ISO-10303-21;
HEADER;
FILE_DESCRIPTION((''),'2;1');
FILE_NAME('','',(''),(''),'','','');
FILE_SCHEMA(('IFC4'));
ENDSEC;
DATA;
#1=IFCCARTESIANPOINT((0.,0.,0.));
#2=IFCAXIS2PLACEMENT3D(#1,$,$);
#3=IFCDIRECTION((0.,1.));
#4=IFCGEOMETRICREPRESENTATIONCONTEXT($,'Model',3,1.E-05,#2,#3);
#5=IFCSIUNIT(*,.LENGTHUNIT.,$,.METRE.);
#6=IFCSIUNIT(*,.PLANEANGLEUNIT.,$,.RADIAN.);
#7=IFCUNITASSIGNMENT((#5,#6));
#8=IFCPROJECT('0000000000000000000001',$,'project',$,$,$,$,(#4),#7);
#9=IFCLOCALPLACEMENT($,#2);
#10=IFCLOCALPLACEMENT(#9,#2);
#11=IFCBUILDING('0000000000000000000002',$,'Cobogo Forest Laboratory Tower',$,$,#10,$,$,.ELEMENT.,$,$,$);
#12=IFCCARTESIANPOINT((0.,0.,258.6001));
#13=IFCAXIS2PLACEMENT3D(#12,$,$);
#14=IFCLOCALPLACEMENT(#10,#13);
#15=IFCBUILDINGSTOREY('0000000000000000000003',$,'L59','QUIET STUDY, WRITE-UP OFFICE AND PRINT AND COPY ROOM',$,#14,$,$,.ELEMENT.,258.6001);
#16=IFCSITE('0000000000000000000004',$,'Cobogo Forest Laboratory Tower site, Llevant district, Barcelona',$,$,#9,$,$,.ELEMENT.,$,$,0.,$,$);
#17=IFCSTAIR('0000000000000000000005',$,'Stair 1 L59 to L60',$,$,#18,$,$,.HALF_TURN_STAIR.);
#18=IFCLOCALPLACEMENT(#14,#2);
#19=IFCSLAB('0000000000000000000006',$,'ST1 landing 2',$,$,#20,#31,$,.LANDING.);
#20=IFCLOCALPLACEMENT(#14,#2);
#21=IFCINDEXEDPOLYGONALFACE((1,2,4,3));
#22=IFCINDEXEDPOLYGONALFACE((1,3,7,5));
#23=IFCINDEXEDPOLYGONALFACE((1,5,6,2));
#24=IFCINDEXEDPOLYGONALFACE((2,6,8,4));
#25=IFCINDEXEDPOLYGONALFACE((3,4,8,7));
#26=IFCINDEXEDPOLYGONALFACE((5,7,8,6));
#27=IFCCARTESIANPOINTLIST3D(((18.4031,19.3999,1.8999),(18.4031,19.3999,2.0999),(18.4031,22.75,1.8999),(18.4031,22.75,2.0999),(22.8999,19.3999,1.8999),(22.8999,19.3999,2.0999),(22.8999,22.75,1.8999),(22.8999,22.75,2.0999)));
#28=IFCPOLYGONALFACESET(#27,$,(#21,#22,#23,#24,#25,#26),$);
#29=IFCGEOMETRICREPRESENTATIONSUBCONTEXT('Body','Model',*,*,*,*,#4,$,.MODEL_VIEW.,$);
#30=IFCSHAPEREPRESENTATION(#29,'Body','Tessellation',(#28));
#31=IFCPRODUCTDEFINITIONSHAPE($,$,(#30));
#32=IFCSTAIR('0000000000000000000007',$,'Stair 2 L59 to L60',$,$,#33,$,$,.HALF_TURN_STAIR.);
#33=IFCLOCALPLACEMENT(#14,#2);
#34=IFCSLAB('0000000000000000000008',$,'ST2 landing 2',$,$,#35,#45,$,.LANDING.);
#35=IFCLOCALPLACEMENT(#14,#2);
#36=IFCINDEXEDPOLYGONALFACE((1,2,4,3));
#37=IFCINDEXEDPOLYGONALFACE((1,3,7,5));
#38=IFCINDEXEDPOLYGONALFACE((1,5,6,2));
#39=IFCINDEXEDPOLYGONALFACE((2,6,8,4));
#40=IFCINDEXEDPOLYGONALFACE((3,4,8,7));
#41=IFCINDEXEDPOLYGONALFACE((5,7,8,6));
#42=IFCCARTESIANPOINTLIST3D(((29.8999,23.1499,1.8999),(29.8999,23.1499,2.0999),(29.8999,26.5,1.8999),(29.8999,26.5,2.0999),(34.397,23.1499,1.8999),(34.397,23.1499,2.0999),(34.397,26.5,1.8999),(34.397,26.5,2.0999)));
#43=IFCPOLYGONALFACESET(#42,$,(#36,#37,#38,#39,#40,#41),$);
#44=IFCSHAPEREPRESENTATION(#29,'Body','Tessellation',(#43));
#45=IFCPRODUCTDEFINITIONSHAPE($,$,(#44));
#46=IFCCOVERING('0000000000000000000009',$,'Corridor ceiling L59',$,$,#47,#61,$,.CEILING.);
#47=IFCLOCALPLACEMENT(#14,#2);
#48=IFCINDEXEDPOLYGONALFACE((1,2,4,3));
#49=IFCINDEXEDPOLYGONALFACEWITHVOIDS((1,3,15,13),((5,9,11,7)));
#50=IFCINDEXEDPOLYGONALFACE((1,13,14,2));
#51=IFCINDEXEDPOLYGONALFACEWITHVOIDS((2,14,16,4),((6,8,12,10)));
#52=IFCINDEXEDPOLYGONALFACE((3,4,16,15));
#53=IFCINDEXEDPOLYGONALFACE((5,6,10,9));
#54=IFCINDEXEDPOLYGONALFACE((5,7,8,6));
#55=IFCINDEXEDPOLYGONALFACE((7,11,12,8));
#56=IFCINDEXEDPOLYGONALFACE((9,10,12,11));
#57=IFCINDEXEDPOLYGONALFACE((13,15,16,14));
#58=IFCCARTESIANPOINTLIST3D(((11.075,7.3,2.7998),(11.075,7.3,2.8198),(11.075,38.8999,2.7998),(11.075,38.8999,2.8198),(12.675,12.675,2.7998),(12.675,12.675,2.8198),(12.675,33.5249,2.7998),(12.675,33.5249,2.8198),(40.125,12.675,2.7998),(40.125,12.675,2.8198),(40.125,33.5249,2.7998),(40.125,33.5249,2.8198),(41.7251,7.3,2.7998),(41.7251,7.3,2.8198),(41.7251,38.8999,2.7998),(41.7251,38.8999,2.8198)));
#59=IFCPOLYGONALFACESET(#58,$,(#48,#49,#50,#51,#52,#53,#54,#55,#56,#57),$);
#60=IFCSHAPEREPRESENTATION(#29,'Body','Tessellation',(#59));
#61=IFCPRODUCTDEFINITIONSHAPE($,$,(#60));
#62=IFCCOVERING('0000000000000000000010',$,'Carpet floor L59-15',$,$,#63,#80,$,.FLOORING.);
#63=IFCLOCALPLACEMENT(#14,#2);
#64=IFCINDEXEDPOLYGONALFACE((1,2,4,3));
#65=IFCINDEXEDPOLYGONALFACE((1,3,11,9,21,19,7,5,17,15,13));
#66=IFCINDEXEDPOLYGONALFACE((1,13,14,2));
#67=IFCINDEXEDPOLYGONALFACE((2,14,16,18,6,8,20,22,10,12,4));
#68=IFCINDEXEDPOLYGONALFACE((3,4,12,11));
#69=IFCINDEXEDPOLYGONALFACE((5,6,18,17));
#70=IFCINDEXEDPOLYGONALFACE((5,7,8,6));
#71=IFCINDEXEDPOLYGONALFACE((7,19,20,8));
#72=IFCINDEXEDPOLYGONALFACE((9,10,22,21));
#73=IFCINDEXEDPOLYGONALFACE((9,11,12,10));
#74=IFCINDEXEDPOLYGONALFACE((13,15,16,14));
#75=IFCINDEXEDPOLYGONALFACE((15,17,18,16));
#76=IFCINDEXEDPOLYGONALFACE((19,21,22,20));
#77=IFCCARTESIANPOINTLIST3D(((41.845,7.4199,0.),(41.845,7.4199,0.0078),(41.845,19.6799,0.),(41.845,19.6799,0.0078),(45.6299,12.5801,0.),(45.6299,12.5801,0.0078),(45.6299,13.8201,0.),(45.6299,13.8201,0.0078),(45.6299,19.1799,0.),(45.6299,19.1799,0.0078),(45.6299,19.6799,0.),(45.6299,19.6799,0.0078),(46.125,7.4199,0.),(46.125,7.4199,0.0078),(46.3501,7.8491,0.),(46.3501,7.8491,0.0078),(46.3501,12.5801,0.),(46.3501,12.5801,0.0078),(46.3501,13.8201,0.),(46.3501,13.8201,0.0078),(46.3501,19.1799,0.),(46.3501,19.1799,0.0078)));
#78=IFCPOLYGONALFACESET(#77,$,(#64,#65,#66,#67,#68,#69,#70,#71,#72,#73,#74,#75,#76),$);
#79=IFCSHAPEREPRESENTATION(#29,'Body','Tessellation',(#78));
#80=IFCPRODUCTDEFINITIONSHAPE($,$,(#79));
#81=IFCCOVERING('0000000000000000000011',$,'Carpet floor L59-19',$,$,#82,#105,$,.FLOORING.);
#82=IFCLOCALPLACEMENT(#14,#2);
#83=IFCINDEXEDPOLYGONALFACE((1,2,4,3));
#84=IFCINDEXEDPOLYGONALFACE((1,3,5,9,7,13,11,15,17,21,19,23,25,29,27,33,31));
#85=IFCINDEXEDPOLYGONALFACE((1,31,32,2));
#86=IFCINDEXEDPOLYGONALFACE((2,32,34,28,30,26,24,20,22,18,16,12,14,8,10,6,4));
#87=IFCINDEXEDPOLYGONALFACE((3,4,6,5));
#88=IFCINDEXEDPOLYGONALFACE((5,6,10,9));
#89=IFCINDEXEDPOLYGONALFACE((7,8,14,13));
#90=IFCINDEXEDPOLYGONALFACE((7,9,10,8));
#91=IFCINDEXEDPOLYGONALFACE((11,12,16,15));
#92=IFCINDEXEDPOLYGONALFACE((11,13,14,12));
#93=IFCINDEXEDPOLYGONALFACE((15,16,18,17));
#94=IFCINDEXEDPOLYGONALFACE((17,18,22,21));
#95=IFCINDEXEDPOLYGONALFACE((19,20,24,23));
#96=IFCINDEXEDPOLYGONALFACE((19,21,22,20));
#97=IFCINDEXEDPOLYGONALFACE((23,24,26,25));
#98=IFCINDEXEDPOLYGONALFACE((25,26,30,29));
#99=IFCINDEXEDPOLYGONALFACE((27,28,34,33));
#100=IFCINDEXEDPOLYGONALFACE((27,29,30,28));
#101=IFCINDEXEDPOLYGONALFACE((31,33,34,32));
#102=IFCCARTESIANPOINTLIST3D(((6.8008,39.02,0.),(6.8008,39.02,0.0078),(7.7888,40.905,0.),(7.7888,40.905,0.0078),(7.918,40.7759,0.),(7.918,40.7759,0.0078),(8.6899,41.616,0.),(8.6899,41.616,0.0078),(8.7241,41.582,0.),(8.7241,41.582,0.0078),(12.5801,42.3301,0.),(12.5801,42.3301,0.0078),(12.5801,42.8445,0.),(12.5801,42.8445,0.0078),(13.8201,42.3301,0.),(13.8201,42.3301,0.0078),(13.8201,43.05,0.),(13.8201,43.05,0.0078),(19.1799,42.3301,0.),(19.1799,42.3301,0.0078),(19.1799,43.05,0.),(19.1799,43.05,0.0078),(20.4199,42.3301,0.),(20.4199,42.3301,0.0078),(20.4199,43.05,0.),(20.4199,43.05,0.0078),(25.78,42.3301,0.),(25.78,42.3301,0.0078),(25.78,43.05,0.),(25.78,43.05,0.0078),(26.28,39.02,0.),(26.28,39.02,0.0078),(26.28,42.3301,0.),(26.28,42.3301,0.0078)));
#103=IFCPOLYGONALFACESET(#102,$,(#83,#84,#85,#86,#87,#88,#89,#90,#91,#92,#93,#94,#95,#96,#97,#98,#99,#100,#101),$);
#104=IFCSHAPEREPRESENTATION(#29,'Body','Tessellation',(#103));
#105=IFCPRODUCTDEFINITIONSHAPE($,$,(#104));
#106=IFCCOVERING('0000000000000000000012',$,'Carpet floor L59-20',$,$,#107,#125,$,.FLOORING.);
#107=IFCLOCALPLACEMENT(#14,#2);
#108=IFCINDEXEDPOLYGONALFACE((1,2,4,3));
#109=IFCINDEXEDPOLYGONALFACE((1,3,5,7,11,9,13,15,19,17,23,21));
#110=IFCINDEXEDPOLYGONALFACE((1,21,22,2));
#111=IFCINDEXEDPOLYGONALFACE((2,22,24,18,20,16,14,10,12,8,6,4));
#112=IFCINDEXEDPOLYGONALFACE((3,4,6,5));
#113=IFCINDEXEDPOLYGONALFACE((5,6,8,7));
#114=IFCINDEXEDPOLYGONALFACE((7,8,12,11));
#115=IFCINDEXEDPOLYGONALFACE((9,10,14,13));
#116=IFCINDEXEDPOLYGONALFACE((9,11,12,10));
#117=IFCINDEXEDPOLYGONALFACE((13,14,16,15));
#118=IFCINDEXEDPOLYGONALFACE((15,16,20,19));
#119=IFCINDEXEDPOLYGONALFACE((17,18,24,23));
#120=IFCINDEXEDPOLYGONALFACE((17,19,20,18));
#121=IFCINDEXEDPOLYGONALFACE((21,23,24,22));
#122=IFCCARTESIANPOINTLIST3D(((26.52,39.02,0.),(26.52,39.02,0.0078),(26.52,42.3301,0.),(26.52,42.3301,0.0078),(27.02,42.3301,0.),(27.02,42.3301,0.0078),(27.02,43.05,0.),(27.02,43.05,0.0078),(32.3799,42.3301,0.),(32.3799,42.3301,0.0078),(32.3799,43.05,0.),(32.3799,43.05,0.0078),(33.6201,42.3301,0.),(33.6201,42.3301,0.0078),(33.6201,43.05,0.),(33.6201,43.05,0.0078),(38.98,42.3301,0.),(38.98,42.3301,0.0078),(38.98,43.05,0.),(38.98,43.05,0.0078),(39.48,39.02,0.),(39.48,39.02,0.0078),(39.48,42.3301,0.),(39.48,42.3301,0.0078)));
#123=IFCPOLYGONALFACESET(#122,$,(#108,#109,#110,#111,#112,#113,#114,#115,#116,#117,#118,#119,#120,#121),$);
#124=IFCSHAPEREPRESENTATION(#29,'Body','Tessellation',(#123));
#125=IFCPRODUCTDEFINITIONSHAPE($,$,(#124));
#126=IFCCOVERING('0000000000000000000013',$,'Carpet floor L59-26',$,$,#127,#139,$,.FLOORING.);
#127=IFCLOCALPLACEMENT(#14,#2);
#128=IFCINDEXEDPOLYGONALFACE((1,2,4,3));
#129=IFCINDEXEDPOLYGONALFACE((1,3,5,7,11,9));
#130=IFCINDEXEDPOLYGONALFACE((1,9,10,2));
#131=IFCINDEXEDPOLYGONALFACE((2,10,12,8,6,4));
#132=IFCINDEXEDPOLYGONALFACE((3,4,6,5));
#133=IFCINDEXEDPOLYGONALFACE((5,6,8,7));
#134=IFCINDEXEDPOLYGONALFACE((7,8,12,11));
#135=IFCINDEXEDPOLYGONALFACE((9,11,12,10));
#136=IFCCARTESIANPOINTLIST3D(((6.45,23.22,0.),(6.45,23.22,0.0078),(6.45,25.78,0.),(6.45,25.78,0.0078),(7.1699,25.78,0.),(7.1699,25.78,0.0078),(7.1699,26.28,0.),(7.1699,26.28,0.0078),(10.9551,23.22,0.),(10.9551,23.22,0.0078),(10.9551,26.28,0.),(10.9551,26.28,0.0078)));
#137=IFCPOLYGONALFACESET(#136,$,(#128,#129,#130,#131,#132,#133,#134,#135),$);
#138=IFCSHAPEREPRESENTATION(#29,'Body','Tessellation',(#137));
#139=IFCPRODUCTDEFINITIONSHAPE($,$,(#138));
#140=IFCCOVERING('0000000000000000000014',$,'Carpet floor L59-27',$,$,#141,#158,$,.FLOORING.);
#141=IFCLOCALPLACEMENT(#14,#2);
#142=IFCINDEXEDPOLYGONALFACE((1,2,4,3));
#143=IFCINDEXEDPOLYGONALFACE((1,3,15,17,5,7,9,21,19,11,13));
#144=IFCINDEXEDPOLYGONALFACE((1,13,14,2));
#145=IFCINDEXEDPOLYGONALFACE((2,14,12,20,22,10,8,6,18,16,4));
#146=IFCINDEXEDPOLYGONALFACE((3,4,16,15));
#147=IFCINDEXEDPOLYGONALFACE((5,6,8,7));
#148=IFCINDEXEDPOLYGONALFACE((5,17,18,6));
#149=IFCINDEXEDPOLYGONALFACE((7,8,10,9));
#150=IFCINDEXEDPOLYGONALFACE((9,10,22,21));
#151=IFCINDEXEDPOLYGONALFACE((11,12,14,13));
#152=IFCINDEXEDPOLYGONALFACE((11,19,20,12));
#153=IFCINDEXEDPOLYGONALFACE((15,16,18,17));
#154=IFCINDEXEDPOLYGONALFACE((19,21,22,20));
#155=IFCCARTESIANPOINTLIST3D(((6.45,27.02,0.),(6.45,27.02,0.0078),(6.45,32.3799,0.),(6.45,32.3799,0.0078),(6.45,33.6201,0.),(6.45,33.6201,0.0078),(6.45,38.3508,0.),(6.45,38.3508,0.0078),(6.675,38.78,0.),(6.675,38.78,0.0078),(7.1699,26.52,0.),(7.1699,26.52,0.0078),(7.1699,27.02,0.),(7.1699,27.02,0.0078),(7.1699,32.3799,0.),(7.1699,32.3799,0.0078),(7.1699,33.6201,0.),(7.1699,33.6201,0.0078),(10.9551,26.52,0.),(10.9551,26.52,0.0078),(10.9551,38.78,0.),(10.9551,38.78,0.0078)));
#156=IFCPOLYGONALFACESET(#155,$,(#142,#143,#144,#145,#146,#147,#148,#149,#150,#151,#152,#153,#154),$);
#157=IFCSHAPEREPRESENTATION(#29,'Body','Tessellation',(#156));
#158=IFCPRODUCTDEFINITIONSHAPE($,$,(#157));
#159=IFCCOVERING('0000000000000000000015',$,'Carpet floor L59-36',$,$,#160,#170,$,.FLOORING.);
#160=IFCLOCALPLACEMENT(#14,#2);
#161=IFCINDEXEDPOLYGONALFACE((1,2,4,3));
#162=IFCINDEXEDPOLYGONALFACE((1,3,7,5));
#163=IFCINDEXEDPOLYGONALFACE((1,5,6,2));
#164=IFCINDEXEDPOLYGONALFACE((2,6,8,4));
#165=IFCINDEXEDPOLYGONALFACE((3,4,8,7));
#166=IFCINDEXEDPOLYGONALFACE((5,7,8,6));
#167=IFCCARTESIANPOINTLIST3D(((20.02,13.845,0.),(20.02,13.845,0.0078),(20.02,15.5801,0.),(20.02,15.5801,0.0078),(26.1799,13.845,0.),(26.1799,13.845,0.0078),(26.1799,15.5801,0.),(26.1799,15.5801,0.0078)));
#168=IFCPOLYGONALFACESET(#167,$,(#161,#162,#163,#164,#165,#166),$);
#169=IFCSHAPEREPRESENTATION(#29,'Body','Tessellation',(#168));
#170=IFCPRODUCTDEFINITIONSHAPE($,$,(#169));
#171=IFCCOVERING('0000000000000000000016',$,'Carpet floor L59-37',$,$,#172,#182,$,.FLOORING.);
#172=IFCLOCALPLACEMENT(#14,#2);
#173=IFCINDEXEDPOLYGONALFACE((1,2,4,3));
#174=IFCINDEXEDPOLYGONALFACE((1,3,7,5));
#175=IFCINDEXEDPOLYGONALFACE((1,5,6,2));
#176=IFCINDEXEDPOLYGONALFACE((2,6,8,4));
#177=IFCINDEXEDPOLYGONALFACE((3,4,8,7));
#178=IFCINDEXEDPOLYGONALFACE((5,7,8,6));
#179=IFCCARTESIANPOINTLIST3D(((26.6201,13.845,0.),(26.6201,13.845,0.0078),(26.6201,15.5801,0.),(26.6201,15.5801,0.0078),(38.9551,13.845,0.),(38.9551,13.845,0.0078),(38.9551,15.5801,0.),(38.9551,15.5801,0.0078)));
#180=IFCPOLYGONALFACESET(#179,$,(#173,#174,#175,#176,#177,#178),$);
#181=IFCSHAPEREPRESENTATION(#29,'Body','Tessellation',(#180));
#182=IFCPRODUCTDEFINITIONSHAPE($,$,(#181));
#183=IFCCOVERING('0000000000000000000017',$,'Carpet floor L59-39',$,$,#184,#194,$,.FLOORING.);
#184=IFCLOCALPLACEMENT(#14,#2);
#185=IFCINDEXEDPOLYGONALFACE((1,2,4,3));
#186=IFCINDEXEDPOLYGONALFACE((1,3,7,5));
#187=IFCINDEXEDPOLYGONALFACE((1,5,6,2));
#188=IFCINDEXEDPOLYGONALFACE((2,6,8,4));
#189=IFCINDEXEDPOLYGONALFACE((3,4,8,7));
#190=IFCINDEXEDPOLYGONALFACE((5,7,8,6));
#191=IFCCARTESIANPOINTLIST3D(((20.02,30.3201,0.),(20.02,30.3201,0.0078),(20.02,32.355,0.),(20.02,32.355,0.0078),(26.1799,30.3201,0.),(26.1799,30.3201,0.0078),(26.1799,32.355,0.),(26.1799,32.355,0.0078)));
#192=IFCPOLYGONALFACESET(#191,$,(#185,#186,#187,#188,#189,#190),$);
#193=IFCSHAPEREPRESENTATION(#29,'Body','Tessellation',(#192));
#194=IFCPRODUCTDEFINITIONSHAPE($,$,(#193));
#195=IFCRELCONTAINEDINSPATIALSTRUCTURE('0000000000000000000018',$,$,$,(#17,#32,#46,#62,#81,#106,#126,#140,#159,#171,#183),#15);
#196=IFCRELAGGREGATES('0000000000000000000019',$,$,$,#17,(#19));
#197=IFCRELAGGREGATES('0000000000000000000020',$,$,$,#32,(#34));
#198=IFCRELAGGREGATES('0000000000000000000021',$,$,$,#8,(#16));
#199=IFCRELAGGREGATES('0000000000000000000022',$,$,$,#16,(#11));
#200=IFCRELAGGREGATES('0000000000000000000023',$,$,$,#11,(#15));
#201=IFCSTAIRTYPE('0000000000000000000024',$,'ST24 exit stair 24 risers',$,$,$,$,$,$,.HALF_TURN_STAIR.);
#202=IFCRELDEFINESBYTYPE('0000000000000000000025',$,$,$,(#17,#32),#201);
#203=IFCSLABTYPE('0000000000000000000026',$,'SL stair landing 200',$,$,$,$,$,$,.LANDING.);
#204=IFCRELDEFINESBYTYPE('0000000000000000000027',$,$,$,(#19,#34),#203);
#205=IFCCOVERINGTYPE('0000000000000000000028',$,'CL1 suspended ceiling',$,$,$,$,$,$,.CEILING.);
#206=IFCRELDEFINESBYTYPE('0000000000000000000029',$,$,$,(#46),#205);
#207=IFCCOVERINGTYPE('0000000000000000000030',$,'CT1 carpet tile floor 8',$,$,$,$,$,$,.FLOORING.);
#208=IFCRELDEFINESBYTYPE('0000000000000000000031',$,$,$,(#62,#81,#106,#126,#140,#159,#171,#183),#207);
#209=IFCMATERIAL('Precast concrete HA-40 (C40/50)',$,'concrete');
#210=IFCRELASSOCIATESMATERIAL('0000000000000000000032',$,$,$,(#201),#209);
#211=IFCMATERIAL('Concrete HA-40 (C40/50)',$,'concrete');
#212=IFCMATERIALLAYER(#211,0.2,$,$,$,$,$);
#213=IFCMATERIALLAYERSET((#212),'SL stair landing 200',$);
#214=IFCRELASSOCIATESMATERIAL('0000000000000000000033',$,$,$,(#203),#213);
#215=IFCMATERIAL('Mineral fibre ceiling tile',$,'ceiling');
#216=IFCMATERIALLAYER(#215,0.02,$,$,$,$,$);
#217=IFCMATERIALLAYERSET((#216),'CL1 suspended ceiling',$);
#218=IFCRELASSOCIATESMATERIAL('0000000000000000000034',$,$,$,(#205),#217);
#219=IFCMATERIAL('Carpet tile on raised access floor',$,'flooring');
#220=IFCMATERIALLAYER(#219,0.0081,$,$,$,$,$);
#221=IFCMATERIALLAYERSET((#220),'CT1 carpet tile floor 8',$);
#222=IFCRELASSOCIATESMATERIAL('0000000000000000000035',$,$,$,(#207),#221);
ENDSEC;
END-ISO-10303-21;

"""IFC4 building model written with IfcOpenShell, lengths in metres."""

from ifc_helpers import new_model, si_unit, direction, frame, origin, place, context, subcontext, project, spatial, polyline, outline, extrude, material, layer, layer_set, type_object, element, aggregate, save


model = new_model("IFC4")

# Units and contexts
model_context = context("Model", 3, precision=1e-05, world=origin(), true_north=direction((0.0, 1.0)))
body_context = subcontext(model_context, "Body", "Model", "MODEL_VIEW")
ifc_project = project(units=[si_unit("LENGTHUNIT", "METRE"), si_unit("PLANEANGLEUNIT", "RADIAN")], contexts=[model_context])

# Site, building, storey
site_placement = place(None, origin())
site = spatial("IfcSite", under=ifc_project, at=site_placement, Name="Cobogo Forest Laboratory Tower site, Llevant district, Barcelona", CompositionType="ELEMENT", RefElevation=0.0)
building_placement = place(site_placement, origin())
building = spatial("IfcBuilding", under=site, at=building_placement, Name="Cobogo Forest Laboratory Tower", CompositionType="ELEMENT")
storey_placement = place(building_placement, frame((0.0, 0.0, 258.6001)))
storey = spatial("IfcBuildingStorey", under=building, at=storey_placement, Name="L59", Description="QUIET STUDY, WRITE-UP OFFICE AND PRINT AND COPY ROOM", CompositionType="ELEMENT", Elevation=258.6001)

# Stairs, slabs
ifc_material_1 = material(Name="Precast concrete HA-40 (C40/50)", Category="concrete")
stair_type = type_object("IfcStairType", Name="ST24 exit stair 24 risers", PredefinedType="HALF_TURN_STAIR", material=ifc_material_1)
stair_1_placement = place(storey_placement, origin())
stair_1 = element("IfcStair", 1, at=stair_1_placement, inside=storey, type_object=stair_type, Name="Stair 1 L59 to L60", PredefinedType="HALF_TURN_STAIR")
ifc_material_2 = material(Name="Concrete HA-40 (C40/50)", Category="concrete")
ifc_layer_1 = layer(ifc_material_2, 0.2)
ifc_layer_set_1 = layer_set([ifc_layer_1], Name="SL stair landing 200")
slab_type = type_object("IfcSlabType", Name="SL stair landing 200", PredefinedType="LANDING", material=ifc_layer_set_1)
slab_1_placement = place(storey_placement, frame((0.0, 0.0, 1.8999)))
slab_1 = element("IfcSlab", 2, at=slab_1_placement, type_object=slab_type, Name="ST1 landing 2", PredefinedType="LANDING", context=body_context, shape_type="SweptSolid", body=[
    extrude(outline(polyline([(18.4031, 19.3999), (22.8999, 19.3999), (22.8999, 22.75), (18.4031, 22.75), (18.4031, 19.3999)])), origin(), (0.0, 0.0, 1.0), 0.2),
])
aggregate(stair_1, [slab_1])
stair_2_placement = place(storey_placement, origin())
stair_2 = element("IfcStair", 3, at=stair_2_placement, inside=storey, type_object=stair_type, Name="Stair 2 L59 to L60", PredefinedType="HALF_TURN_STAIR")
slab_2_placement = place(storey_placement, frame((0.0, 0.0, 1.8999)))
slab_2 = element("IfcSlab", 4, at=slab_2_placement, type_object=slab_type, Name="ST2 landing 2", PredefinedType="LANDING", context=body_context, shape_type="SweptSolid", body=[
    extrude(outline(polyline([(29.8999, 23.1499), (34.397, 23.1499), (34.397, 26.5), (29.8999, 26.5), (29.8999, 23.1499)])), origin(), (0.0, 0.0, 1.0), 0.2),
])
aggregate(stair_2, [slab_2])

# Coverings
ifc_material_3 = material(Name="Mineral fibre ceiling tile", Category="ceiling")
ifc_layer_2 = layer(ifc_material_3, 0.02)
ifc_layer_set_2 = layer_set([ifc_layer_2], Name="CL1 suspended ceiling")
covering_type_1 = type_object("IfcCoveringType", Name="CL1 suspended ceiling", PredefinedType="CEILING", material=ifc_layer_set_2)
covering_1_placement = place(storey_placement, frame((0.0, 0.0, 2.7998)))
element("IfcCovering", 5, at=covering_1_placement, inside=storey, type_object=covering_type_1, Name="Corridor ceiling L59", PredefinedType="CEILING", context=body_context, shape_type="SweptSolid", body=[
    extrude(outline(polyline([(11.075, 7.3), (11.075, 38.8999), (41.7251, 38.8999), (41.7251, 7.3), (11.075, 7.3)]), holes=[polyline([(40.125, 33.5249), (12.675, 33.5249), (12.675, 12.675), (40.125, 12.675), (40.125, 33.5249)])]), origin(), (0.0, 0.0, 1.0), 0.02),
])
ifc_material_4 = material(Name="Carpet tile on raised access floor", Category="flooring")
ifc_layer_3 = layer(ifc_material_4, 0.0081)
ifc_layer_set_3 = layer_set([ifc_layer_3], Name="CT1 carpet tile floor 8")
covering_type_2 = type_object("IfcCoveringType", Name="CT1 carpet tile floor 8", PredefinedType="FLOORING", material=ifc_layer_set_3)
covering_2_placement = place(storey_placement, origin())
element("IfcCovering", 6, at=covering_2_placement, inside=storey, type_object=covering_type_2, Name="Carpet floor L59-15", PredefinedType="FLOORING", context=body_context, shape_type="SweptSolid", body=[
    extrude(outline(polyline([(41.845, 19.6799), (45.6299, 19.6799), (45.6299, 19.1799), (46.3501, 19.1799), (46.3501, 13.8201), (45.6299, 13.8201), (45.6299, 12.5801), (46.3501, 12.5801), (46.3501, 7.8491), (46.125, 7.4199), (41.845, 7.4199), (41.845, 19.6799)])), origin(), (0.0, 0.0, 1.0), 0.0078),
])
covering_3_placement = place(storey_placement, origin())
element("IfcCovering", 7, at=covering_3_placement, inside=storey, type_object=covering_type_2, Name="Carpet floor L59-19", PredefinedType="FLOORING", context=body_context, shape_type="SweptSolid", body=[
    extrude(outline(polyline([(6.8008, 39.02), (7.7888, 40.905), (7.918, 40.7759), (8.7241, 41.582), (8.6899, 41.616), (12.5801, 42.8445), (12.5801, 42.3301), (13.8201, 42.3301), (13.8201, 43.05), (19.1799, 43.05), (19.1799, 42.3301), (20.4199, 42.3301), (20.4199, 43.05), (25.78, 43.05), (25.78, 42.3301), (26.28, 42.3301), (26.28, 39.02), (6.8008, 39.02)])), origin(), (0.0, 0.0, 1.0), 0.0078),
])
covering_4_placement = place(storey_placement, origin())
element("IfcCovering", 8, at=covering_4_placement, inside=storey, type_object=covering_type_2, Name="Carpet floor L59-20", PredefinedType="FLOORING", context=body_context, shape_type="SweptSolid", body=[
    extrude(outline(polyline([(26.52, 39.02), (26.52, 42.3301), (27.02, 42.3301), (27.02, 43.05), (32.3799, 43.05), (32.3799, 42.3301), (33.6201, 42.3301), (33.6201, 43.05), (38.98, 43.05), (38.98, 42.3301), (39.48, 42.3301), (39.48, 39.02), (26.52, 39.02)])), origin(), (0.0, 0.0, 1.0), 0.0078),
])
covering_5_placement = place(storey_placement, origin())
element("IfcCovering", 9, at=covering_5_placement, inside=storey, type_object=covering_type_2, Name="Carpet floor L59-26", PredefinedType="FLOORING", context=body_context, shape_type="SweptSolid", body=[
    extrude(outline(polyline([(10.9551, 23.22), (6.45, 23.22), (6.45, 25.78), (7.1699, 25.78), (7.1699, 26.28), (10.9551, 26.28), (10.9551, 23.22)])), origin(), (0.0, 0.0, 1.0), 0.0078),
])
covering_6_placement = place(storey_placement, origin())
element("IfcCovering", 10, at=covering_6_placement, inside=storey, type_object=covering_type_2, Name="Carpet floor L59-27", PredefinedType="FLOORING", context=body_context, shape_type="SweptSolid", body=[
    extrude(outline(polyline([(10.9551, 26.52), (7.1699, 26.52), (7.1699, 27.02), (6.45, 27.02), (6.45, 32.3799), (7.1699, 32.3799), (7.1699, 33.6201), (6.45, 33.6201), (6.45, 38.3508), (6.675, 38.78), (10.9551, 38.78), (10.9551, 26.52)])), origin(), (0.0, 0.0, 1.0), 0.0078),
])
covering_7_placement = place(storey_placement, origin())
element("IfcCovering", 11, at=covering_7_placement, inside=storey, type_object=covering_type_2, Name="Carpet floor L59-36", PredefinedType="FLOORING", context=body_context, shape_type="SweptSolid", body=[
    extrude(outline(polyline([(26.1799, 13.845), (20.02, 13.845), (20.02, 15.5801), (26.1799, 15.5801), (26.1799, 13.845)])), origin(), (0.0, 0.0, 1.0), 0.0078),
])
covering_8_placement = place(storey_placement, origin())
element("IfcCovering", 12, at=covering_8_placement, inside=storey, type_object=covering_type_2, Name="Carpet floor L59-37", PredefinedType="FLOORING", context=body_context, shape_type="SweptSolid", body=[
    extrude(outline(polyline([(38.9551, 13.845), (26.6201, 13.845), (26.6201, 15.5801), (38.9551, 15.5801), (38.9551, 13.845)])), origin(), (0.0, 0.0, 1.0), 0.0078),
])
covering_9_placement = place(storey_placement, origin())
element("IfcCovering", 13, at=covering_9_placement, inside=storey, type_object=covering_type_2, Name="Carpet floor L59-39", PredefinedType="FLOORING", context=body_context, shape_type="SweptSolid", body=[
    extrude(outline(polyline([(26.1799, 30.3201), (20.02, 30.3201), (20.02, 32.355), (26.1799, 32.355), (26.1799, 30.3201)])), origin(), (0.0, 0.0, 1.0), 0.0078),
])

save(model, "model.ifc")
